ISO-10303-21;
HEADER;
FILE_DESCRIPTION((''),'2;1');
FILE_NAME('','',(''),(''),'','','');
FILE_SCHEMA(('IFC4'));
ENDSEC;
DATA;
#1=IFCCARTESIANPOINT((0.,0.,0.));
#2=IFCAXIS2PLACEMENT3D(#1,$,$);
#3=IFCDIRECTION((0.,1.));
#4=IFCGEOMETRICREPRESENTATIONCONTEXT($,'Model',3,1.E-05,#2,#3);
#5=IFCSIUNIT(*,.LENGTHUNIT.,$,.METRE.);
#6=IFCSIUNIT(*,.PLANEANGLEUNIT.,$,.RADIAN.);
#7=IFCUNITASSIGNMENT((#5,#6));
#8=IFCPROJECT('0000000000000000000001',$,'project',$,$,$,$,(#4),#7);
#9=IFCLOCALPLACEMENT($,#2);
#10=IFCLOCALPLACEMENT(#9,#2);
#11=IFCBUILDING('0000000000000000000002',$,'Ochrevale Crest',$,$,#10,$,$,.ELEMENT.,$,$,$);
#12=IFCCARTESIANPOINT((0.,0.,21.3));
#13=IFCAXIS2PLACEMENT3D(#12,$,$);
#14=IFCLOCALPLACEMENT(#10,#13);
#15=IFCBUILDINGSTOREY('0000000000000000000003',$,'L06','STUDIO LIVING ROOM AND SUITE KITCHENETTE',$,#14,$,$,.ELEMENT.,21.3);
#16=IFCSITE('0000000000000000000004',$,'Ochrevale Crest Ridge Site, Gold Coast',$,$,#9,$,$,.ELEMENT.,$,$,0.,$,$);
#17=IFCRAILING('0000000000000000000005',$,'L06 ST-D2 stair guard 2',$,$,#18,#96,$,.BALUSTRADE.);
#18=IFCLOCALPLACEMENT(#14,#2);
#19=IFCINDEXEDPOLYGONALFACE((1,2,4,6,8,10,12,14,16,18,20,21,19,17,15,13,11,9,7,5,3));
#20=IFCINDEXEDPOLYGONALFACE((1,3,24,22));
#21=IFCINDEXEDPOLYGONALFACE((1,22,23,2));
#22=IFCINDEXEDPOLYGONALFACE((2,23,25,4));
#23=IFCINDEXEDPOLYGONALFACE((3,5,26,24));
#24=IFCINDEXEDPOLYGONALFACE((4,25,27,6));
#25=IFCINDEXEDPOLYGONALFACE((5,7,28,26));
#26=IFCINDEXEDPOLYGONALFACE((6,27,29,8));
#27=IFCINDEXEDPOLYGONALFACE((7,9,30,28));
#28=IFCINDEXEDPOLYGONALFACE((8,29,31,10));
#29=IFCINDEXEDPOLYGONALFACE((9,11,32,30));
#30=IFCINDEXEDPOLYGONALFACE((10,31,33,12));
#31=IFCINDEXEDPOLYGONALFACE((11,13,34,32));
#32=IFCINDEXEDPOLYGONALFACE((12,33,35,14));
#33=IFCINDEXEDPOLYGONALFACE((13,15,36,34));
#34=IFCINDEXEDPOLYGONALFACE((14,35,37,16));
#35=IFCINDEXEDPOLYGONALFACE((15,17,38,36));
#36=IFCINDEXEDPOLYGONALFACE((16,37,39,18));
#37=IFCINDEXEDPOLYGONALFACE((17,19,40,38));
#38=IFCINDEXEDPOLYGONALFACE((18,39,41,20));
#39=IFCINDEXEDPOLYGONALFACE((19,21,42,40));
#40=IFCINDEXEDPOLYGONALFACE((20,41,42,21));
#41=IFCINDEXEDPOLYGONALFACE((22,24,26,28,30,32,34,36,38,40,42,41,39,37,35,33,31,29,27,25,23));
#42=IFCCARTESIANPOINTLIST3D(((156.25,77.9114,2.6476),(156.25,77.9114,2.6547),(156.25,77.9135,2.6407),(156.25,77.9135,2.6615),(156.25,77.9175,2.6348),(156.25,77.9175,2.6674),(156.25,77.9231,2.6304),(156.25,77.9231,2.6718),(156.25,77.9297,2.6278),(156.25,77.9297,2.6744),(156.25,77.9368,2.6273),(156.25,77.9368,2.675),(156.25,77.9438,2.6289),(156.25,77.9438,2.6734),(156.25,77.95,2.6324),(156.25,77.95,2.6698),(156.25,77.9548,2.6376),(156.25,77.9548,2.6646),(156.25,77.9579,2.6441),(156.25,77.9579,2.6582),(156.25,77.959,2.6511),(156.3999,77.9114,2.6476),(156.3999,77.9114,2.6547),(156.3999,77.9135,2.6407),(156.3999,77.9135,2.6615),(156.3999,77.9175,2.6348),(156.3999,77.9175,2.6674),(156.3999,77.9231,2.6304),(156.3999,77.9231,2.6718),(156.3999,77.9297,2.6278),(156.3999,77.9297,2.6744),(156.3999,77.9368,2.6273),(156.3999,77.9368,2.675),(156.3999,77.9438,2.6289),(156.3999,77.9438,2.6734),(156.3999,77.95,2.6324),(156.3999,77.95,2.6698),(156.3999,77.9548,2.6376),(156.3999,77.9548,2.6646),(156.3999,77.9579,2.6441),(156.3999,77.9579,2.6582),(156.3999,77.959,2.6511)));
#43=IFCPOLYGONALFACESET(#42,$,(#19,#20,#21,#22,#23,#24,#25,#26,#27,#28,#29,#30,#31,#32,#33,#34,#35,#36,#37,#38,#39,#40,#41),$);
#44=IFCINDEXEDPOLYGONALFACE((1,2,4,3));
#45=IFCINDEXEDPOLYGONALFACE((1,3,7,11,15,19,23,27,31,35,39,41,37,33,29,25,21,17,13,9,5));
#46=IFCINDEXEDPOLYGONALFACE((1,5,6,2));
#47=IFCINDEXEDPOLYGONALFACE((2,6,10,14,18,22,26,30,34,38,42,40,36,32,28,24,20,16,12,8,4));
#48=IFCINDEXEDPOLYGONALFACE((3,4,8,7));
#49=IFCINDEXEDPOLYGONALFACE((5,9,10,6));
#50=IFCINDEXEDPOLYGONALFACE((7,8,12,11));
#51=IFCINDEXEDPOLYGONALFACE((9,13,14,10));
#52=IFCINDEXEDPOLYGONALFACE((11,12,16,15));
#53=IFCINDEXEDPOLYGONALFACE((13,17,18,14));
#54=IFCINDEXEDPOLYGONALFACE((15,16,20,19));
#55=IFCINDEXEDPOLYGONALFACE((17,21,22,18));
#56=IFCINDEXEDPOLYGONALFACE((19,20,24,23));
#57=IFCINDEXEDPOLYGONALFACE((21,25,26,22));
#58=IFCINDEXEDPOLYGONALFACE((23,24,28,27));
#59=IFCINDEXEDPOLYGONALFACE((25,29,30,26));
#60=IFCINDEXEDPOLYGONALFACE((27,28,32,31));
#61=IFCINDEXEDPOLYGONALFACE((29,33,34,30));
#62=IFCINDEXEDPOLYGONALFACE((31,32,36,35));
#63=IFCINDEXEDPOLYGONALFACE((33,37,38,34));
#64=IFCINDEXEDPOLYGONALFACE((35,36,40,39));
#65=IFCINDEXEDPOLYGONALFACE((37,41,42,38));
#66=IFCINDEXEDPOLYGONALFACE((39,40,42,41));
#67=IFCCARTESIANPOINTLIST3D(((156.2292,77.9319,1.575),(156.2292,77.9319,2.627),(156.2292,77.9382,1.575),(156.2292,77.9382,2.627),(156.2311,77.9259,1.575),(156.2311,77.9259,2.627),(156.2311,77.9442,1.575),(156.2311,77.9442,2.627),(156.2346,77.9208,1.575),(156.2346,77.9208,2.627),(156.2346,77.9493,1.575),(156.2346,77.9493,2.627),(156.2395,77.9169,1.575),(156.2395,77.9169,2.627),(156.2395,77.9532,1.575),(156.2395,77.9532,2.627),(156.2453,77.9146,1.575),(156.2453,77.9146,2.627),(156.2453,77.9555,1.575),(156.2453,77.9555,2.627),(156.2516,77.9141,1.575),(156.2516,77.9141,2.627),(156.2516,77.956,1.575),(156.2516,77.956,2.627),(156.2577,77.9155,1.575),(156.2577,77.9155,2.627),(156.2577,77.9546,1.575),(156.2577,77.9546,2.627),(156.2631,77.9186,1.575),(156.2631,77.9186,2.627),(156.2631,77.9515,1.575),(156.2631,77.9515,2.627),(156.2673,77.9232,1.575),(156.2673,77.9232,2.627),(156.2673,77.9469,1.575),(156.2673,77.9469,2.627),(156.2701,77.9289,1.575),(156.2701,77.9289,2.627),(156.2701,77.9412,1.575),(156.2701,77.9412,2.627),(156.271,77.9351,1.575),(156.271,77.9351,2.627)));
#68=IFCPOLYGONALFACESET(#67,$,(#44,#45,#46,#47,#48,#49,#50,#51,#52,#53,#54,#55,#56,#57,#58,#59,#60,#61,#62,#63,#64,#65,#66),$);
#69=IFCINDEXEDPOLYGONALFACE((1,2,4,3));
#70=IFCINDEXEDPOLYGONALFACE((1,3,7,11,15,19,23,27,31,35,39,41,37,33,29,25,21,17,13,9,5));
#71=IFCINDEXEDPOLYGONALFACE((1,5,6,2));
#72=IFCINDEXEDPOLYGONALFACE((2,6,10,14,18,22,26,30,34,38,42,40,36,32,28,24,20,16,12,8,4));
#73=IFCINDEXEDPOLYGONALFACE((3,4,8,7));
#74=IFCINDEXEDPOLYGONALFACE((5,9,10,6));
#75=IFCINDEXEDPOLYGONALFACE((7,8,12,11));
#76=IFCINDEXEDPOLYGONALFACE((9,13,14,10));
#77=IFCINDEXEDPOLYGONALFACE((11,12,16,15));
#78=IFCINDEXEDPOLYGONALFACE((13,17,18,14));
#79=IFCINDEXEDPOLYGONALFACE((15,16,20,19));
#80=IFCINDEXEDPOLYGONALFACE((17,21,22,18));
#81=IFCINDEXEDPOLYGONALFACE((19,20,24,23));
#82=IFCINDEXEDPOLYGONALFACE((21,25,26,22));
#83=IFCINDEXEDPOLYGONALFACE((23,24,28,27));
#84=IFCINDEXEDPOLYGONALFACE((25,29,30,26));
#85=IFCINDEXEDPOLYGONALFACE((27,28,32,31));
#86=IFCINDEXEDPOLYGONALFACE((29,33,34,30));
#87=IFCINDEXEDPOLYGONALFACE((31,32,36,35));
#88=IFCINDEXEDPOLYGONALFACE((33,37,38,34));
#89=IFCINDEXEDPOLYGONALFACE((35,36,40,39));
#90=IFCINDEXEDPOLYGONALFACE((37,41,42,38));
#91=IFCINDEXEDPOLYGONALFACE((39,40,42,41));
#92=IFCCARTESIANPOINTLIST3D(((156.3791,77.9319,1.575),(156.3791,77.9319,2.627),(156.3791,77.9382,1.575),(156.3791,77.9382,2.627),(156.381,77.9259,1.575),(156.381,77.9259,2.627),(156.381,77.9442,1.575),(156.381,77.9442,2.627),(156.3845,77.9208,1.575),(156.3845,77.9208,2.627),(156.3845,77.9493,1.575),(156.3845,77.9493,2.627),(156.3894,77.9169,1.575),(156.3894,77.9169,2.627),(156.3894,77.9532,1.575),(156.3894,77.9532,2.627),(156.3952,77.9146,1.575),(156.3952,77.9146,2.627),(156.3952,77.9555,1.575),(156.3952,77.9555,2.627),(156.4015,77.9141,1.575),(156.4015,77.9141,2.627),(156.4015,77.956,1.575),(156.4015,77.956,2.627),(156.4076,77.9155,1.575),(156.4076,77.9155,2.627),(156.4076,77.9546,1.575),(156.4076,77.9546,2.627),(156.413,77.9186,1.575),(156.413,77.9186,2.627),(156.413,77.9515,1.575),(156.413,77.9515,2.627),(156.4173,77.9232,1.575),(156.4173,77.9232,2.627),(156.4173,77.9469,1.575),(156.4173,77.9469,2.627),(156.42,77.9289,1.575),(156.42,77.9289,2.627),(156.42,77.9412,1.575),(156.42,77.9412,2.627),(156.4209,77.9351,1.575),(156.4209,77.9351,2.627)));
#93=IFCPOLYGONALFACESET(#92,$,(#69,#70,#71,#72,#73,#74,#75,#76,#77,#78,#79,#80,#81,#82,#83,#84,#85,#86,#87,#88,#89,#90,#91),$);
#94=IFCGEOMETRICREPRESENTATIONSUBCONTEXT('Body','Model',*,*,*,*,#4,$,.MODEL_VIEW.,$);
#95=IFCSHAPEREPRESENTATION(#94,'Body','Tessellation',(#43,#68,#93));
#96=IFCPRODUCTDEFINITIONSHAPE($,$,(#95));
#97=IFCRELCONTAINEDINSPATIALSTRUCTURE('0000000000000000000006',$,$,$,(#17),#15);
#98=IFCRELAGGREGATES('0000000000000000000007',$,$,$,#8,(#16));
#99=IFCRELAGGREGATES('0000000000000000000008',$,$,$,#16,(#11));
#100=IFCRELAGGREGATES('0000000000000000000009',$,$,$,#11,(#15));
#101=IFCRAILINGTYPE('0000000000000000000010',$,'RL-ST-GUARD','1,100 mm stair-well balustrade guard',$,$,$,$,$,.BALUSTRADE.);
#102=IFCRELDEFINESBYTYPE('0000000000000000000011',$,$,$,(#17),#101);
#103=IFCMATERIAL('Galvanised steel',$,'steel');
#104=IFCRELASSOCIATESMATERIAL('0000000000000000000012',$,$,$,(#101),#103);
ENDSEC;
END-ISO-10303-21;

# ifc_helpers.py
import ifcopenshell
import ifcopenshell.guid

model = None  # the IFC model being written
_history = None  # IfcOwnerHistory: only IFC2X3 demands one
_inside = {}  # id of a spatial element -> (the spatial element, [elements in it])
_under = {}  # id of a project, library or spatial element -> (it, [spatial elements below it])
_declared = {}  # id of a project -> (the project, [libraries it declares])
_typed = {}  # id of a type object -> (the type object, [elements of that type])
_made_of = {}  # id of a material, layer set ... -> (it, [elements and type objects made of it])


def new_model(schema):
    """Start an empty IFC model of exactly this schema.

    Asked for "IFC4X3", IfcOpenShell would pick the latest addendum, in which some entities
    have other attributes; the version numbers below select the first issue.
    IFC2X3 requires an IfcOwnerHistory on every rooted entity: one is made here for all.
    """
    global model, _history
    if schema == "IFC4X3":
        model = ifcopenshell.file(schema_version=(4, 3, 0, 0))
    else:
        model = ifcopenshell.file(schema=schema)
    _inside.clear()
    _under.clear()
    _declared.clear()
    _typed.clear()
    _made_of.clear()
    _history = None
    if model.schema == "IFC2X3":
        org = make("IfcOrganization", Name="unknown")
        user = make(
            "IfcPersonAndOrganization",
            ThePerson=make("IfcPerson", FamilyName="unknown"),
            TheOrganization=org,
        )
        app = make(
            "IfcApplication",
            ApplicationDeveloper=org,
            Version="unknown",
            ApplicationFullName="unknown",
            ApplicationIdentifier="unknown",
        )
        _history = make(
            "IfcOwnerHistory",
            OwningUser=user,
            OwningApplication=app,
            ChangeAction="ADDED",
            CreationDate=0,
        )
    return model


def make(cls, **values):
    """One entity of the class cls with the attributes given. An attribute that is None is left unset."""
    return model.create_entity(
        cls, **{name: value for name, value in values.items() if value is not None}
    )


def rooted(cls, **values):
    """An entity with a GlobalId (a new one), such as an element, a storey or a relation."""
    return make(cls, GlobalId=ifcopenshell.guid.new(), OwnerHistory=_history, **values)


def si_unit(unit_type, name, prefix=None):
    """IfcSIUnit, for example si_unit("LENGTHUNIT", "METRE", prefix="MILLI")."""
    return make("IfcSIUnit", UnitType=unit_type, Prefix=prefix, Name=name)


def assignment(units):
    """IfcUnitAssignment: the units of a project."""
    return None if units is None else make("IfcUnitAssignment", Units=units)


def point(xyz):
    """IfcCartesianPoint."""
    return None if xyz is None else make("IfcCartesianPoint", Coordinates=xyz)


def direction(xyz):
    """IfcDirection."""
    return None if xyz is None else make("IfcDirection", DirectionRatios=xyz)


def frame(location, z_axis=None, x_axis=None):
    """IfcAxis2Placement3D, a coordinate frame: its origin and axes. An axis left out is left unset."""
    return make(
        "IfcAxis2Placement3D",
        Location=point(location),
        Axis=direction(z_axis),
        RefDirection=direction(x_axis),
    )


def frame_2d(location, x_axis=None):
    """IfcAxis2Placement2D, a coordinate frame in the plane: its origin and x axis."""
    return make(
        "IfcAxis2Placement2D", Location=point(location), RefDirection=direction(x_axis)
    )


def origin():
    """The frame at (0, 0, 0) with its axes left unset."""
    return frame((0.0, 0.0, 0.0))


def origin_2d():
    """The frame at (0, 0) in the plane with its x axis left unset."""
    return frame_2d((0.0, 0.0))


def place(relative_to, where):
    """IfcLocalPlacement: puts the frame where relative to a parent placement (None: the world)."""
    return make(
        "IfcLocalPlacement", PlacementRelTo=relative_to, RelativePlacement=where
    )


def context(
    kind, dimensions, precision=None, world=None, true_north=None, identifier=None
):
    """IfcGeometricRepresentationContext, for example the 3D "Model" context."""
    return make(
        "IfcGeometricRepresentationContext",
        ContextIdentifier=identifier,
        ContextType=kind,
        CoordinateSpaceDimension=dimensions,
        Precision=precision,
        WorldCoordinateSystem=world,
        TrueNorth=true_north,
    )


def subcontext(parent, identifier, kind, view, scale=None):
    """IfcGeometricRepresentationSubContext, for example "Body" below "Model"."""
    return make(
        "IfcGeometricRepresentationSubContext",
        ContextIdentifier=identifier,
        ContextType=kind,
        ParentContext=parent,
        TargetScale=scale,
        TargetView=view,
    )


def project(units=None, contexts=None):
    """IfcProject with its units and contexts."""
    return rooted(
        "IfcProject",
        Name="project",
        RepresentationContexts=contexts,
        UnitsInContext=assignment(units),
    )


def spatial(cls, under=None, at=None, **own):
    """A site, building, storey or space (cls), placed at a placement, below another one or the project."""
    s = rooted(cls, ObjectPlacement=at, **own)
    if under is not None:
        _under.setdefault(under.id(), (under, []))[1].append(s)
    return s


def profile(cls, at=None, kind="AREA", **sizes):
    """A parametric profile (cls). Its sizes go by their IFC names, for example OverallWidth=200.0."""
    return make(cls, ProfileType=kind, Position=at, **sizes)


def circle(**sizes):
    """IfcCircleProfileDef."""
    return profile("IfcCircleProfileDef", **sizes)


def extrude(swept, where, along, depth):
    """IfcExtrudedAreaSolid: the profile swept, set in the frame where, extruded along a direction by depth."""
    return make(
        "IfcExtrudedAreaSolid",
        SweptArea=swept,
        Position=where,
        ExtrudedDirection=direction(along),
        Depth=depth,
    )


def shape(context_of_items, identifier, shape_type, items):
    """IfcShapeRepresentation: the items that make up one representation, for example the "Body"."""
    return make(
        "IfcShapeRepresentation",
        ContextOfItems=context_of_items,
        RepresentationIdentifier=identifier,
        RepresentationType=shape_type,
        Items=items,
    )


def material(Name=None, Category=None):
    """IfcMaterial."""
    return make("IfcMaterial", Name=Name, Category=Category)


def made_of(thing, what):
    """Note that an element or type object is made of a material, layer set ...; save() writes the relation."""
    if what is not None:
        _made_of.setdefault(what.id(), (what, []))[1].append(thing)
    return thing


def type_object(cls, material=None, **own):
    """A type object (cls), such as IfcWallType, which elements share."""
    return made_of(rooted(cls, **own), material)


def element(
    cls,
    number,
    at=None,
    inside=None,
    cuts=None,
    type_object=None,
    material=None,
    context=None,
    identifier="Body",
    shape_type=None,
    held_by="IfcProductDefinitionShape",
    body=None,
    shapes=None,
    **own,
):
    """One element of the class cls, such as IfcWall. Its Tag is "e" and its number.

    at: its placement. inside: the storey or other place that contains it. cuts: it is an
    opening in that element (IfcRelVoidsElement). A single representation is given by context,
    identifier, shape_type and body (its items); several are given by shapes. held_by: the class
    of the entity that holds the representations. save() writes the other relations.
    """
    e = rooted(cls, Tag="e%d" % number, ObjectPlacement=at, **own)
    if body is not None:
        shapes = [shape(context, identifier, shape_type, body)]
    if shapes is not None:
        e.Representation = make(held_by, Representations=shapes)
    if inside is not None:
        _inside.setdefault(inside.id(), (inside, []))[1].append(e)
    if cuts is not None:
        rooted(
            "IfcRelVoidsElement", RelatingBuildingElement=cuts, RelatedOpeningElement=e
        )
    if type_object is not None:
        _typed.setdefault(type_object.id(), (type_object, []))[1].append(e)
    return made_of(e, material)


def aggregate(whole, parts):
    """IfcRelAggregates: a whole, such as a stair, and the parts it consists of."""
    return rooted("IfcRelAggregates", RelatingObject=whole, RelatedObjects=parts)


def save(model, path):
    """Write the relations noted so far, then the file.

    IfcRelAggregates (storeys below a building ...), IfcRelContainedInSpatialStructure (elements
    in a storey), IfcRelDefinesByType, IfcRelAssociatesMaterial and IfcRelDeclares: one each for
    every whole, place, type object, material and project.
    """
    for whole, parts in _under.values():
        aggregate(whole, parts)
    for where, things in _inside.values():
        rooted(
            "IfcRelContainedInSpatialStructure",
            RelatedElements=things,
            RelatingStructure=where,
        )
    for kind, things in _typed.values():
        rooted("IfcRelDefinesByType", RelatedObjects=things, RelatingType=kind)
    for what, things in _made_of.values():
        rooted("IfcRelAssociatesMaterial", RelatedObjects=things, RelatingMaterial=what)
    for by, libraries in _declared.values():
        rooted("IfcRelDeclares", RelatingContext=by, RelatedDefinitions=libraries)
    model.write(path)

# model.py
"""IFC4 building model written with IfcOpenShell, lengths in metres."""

from ifc_helpers import new_model, si_unit, direction, frame, origin, origin_2d, place, context, subcontext, project, spatial, circle, extrude, material, type_object, element, save


model = new_model("IFC4")

# Units and contexts
model_context = context("Model", 3, precision=1e-05, world=origin(), true_north=direction((0.0, 1.0)))
body_context = subcontext(model_context, "Body", "Model", "MODEL_VIEW")
ifc_project = project(units=[si_unit("LENGTHUNIT", "METRE"), si_unit("PLANEANGLEUNIT", "RADIAN")], contexts=[model_context])

# Site, building, storey
site_placement = place(None, origin())
site = spatial("IfcSite", under=ifc_project, at=site_placement, Name="Ochrevale Crest Ridge Site, Gold Coast", CompositionType="ELEMENT", RefElevation=0.0)
building_placement = place(site_placement, origin())
building = spatial("IfcBuilding", under=site, at=building_placement, Name="Ochrevale Crest", CompositionType="ELEMENT")
storey_placement = place(building_placement, frame((0.0, 0.0, 21.3)))
storey = spatial("IfcBuildingStorey", under=building, at=storey_placement, Name="L06", Description="STUDIO LIVING ROOM AND SUITE KITCHENETTE", CompositionType="ELEMENT", Elevation=21.3)

# Railing
ifc_material_1 = material(Name="Galvanised steel", Category="steel")
railing_type_1 = type_object("IfcRailingType", Name="RL-ST-GUARD", Description="1,100 mm stair-well balustrade guard", PredefinedType="BALUSTRADE", material=ifc_material_1)
railing_1_placement = place(storey_placement, frame((156.25, 77.9351, 1.575)))
element("IfcRailing", 1, at=railing_1_placement, inside=storey, type_object=railing_type_1, Name="L06 ST-D2 stair guard 2", PredefinedType="BALUSTRADE", context=body_context, shape_type="SweptSolid", body=[
    extrude(circle(Radius=0.0239, at=origin_2d()), frame((0.0, 0.0, 1.0762), z_axis=(1.0, 0.0, 0.0), x_axis=(0.0, 1.0, 0.0)), (0.0, 0.0, 1.0), 0.1499),
    extrude(circle(Radius=0.021, at=origin_2d()), origin(), (0.0, 0.0, 1.0), 1.052),
    extrude(circle(Radius=0.021, at=origin_2d()), frame((0.1499, 0.0, 0.0)), (0.0, 0.0, 1.0), 1.052),
])

save(model, "model.ifc")
